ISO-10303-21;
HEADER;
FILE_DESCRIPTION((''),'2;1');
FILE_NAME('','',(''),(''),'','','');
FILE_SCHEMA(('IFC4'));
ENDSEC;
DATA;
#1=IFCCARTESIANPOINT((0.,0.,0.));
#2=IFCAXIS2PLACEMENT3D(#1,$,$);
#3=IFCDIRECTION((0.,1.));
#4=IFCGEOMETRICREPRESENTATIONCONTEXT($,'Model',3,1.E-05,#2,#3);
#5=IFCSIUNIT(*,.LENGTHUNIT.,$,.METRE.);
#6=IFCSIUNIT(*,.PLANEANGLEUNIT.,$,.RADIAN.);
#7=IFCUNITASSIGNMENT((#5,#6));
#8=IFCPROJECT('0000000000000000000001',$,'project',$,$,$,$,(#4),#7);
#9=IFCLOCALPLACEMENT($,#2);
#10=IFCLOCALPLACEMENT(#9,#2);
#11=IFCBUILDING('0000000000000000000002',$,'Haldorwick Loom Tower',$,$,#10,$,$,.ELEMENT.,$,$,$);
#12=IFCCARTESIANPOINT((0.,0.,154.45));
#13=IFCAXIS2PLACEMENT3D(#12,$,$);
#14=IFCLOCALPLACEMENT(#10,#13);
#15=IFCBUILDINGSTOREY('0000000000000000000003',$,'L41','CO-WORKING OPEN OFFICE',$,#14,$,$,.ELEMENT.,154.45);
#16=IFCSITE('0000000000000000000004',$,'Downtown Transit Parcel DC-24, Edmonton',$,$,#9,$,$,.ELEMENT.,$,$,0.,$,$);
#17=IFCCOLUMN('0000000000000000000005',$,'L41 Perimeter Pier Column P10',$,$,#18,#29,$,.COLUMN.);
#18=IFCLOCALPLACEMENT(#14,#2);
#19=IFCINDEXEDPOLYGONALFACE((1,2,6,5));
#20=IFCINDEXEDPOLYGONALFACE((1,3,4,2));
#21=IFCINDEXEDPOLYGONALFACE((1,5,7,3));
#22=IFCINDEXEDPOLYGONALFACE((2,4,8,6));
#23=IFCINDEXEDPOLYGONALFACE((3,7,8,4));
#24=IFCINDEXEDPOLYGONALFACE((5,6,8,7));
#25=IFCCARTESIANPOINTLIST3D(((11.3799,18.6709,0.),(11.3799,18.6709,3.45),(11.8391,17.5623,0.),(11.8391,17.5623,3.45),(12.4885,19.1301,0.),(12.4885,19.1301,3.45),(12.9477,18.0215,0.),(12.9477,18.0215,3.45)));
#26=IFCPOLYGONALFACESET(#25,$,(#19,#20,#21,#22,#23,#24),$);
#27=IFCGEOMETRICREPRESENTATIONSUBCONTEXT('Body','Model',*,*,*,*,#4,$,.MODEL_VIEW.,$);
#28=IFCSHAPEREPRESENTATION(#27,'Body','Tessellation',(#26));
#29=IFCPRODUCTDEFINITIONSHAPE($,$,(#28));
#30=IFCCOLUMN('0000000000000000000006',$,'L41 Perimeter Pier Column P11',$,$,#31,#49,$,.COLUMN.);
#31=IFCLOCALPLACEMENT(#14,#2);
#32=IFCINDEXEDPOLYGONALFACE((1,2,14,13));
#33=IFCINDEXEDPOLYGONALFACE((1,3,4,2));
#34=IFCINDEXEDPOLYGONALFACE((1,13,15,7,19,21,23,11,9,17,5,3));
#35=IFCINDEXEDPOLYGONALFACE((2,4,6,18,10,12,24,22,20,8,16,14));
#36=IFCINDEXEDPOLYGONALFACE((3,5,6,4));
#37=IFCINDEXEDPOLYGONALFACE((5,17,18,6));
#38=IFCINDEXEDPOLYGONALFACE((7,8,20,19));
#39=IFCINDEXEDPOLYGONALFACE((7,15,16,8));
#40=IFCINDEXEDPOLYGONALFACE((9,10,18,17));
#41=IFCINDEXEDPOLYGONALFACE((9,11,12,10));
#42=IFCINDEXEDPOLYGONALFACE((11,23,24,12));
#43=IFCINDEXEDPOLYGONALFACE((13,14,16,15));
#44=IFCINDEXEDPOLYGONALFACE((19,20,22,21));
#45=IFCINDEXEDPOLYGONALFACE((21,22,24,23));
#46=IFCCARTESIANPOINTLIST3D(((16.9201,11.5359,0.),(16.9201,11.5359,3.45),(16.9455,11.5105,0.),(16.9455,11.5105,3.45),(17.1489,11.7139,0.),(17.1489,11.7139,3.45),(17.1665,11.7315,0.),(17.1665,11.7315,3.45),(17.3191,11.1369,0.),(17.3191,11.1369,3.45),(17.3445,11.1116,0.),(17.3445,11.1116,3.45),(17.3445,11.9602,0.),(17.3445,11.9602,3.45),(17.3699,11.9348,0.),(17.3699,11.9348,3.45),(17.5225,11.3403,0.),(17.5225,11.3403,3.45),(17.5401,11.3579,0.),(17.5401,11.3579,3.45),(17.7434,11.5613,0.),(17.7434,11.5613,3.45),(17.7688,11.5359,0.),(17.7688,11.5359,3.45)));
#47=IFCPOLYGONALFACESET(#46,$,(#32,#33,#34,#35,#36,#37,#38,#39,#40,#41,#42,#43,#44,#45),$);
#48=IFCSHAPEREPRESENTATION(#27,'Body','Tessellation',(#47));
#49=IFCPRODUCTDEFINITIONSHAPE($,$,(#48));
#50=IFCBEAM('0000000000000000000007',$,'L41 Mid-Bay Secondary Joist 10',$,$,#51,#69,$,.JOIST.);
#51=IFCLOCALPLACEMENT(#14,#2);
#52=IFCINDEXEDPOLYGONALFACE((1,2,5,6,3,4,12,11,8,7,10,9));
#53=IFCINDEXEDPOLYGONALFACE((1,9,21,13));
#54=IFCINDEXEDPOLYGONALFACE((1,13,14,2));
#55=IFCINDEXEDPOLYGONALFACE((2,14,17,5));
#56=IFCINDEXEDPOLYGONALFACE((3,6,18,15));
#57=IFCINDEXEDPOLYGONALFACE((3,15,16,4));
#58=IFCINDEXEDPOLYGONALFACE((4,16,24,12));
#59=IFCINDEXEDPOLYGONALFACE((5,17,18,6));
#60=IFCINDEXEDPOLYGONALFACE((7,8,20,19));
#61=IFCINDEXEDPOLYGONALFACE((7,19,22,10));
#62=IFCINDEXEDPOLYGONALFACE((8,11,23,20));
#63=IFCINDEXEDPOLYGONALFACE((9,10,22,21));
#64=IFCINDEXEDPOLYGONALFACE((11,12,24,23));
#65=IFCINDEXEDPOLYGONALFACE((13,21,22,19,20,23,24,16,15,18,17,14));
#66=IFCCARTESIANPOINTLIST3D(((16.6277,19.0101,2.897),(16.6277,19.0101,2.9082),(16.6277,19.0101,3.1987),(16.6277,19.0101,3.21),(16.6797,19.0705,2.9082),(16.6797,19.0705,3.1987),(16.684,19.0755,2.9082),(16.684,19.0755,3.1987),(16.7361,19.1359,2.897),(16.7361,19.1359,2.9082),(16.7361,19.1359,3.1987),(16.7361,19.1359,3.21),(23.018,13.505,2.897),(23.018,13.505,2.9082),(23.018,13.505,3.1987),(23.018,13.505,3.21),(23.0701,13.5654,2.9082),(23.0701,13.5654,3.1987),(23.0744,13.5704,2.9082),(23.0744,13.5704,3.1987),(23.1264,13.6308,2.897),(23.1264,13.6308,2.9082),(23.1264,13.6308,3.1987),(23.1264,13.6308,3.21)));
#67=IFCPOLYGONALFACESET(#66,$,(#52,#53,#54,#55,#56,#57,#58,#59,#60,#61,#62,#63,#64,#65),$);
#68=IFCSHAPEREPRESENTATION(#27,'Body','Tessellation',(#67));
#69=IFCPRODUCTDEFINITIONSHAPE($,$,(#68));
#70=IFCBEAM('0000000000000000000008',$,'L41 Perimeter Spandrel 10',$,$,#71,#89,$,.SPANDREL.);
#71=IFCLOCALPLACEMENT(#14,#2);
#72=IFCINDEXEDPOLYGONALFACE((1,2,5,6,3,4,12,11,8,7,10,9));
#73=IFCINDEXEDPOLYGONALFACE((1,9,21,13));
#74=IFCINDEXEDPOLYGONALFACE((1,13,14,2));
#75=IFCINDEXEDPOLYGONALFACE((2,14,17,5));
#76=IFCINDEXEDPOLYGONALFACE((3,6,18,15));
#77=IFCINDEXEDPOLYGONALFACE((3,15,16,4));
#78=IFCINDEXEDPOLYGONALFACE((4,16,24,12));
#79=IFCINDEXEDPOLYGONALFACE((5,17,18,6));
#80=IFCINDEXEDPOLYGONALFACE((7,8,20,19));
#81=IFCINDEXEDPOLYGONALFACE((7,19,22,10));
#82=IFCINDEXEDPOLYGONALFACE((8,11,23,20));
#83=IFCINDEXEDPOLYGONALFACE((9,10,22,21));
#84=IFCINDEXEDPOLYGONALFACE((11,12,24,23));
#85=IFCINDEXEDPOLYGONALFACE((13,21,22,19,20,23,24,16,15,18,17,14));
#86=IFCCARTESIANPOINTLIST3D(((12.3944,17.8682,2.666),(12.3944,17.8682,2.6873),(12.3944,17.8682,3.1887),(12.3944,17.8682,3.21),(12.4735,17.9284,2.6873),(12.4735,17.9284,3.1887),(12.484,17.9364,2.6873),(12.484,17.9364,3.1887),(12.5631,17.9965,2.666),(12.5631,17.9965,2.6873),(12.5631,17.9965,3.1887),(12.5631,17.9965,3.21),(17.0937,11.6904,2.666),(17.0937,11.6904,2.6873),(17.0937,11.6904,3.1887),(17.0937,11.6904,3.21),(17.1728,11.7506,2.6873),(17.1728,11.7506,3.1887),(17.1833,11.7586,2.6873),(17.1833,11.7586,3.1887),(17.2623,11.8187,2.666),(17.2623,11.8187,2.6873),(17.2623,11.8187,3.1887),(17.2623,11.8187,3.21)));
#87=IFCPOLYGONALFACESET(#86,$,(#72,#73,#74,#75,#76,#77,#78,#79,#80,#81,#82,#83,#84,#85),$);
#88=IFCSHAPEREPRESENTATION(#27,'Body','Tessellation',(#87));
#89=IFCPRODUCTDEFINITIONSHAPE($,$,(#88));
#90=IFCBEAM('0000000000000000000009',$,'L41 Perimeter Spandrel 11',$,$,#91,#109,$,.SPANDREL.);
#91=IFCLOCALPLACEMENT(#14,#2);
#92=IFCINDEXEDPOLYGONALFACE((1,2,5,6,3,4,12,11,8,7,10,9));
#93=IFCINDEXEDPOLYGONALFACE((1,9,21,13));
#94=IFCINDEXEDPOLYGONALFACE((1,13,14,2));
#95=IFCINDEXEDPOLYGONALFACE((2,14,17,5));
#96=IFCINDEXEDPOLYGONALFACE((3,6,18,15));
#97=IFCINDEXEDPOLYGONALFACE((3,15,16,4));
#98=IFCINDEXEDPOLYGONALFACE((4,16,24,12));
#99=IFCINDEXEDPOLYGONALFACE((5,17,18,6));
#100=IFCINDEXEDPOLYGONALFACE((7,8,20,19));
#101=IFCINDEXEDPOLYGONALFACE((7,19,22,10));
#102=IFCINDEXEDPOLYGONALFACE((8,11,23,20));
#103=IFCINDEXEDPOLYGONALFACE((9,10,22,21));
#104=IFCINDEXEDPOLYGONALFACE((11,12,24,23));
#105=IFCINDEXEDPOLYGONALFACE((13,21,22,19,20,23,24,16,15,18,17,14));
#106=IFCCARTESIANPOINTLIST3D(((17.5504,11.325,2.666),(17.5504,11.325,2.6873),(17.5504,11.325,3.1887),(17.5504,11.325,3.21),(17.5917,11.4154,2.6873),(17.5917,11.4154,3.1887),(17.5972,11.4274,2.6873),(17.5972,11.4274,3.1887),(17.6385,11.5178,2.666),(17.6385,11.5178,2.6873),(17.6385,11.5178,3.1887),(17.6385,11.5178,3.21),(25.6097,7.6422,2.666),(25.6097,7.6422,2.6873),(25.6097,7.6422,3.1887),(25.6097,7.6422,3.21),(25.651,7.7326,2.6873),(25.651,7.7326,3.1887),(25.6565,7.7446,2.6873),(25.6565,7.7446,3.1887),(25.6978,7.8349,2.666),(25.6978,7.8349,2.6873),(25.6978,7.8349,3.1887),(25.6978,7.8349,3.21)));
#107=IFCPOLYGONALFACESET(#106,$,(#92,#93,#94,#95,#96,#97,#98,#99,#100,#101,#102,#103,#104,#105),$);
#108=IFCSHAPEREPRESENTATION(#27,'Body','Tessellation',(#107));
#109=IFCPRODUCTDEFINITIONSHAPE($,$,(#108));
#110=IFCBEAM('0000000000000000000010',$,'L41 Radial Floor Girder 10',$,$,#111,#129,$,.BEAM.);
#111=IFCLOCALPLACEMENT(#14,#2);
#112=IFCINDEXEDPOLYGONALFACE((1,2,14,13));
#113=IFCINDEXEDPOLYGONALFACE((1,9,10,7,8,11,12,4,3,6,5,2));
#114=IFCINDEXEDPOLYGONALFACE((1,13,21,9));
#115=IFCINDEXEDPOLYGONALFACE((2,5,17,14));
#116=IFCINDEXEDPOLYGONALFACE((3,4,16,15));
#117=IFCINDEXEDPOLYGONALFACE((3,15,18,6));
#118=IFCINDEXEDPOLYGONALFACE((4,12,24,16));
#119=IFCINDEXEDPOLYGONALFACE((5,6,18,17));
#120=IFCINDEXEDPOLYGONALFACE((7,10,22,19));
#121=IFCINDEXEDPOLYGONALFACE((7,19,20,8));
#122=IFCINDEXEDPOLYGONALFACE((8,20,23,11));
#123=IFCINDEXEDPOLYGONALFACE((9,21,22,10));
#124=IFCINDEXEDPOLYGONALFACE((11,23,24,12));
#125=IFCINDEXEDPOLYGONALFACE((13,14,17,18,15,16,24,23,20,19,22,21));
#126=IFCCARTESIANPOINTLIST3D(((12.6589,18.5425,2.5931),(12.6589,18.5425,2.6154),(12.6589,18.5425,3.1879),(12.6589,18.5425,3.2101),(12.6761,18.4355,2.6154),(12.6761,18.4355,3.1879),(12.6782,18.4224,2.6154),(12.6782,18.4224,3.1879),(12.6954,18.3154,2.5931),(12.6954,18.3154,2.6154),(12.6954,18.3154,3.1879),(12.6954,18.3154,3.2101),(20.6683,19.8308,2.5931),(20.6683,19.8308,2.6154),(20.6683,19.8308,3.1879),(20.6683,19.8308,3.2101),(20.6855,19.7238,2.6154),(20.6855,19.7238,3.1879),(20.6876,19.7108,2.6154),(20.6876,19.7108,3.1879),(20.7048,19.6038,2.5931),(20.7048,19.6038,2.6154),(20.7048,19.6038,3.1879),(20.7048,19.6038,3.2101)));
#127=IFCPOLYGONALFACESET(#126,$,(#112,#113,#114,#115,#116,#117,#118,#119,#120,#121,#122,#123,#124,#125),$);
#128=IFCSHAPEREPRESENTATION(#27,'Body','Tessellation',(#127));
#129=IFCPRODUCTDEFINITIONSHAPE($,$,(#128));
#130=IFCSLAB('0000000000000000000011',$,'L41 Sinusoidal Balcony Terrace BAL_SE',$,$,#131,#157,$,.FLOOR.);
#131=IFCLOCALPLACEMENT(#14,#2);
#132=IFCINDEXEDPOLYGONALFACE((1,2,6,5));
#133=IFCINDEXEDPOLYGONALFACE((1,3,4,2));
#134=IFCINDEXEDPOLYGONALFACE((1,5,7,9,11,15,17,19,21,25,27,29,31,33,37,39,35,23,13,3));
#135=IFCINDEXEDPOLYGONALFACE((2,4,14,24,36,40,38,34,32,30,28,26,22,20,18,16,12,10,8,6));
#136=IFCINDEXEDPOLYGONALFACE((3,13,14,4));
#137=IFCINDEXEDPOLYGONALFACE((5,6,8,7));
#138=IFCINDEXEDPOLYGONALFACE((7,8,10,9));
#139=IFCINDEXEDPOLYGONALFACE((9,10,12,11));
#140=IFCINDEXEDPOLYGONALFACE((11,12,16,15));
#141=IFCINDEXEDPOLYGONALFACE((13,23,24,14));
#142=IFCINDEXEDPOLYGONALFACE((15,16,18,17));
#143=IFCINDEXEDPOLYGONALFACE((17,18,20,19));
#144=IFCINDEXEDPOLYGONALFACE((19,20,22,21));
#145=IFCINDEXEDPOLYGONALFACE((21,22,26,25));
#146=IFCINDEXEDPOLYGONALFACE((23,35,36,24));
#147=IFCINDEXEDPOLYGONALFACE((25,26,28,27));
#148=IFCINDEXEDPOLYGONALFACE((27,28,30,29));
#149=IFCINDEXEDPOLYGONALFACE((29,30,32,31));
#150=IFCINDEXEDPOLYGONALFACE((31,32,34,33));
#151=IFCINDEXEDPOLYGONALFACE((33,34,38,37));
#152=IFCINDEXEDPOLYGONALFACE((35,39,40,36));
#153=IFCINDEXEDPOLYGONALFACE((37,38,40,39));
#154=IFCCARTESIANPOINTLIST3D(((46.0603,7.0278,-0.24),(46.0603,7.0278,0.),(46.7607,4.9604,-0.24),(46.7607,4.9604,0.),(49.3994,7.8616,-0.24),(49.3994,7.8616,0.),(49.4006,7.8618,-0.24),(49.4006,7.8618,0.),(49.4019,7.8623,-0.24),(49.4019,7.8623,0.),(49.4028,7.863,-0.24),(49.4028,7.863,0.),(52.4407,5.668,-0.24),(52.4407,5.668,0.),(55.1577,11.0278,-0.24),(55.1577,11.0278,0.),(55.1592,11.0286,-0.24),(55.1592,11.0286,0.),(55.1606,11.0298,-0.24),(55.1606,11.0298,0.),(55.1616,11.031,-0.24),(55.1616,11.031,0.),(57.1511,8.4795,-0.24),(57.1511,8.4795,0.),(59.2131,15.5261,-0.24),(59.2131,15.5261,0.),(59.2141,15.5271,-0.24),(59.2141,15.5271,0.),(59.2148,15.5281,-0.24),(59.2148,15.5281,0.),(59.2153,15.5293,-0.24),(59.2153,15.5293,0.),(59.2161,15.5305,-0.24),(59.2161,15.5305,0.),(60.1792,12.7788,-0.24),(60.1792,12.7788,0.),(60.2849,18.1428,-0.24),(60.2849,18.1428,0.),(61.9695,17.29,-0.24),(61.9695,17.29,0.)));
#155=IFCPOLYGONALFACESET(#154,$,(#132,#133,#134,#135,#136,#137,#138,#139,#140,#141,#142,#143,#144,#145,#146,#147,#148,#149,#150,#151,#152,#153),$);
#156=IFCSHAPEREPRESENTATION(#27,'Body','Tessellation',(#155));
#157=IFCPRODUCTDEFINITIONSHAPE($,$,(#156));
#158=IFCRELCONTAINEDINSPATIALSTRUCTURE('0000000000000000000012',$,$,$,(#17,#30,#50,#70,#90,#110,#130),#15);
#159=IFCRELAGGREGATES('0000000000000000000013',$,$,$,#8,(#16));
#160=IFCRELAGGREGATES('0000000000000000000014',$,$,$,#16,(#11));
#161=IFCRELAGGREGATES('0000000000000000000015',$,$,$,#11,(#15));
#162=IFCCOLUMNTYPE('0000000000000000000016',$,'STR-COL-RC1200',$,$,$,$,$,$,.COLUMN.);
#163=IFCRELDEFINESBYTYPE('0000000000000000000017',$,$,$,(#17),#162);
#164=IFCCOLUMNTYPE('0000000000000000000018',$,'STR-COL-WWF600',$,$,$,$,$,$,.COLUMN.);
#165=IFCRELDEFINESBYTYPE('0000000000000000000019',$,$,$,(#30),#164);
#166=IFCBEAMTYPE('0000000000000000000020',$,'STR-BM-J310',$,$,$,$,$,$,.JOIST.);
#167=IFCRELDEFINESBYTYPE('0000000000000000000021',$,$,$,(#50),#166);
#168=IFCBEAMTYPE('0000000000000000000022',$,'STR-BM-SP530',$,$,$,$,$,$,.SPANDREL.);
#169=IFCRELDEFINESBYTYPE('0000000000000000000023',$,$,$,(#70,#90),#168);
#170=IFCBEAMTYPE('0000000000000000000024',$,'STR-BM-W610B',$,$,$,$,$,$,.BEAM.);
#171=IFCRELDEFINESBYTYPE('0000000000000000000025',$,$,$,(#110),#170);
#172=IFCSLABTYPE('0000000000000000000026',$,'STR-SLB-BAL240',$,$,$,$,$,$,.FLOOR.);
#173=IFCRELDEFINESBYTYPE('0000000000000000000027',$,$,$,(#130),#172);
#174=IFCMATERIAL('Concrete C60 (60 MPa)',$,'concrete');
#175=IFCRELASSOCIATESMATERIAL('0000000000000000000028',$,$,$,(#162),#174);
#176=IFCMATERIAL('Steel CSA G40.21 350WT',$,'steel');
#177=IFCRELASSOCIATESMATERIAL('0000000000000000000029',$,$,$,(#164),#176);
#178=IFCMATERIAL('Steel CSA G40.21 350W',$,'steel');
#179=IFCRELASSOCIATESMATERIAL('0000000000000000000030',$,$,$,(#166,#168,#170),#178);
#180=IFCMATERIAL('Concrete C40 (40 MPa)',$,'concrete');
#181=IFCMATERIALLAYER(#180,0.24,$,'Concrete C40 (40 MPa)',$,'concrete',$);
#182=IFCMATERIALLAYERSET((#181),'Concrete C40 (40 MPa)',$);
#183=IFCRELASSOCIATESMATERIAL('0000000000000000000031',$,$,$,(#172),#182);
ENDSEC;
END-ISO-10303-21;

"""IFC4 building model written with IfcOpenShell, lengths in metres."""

from ifc_helpers import new_model, si_unit, direction, frame, origin, origin_2d, place, context, subcontext, project, spatial, polyline, rectangle, i_section, outline, extrude, material, layer, layer_set, material_profile, profile_set, type_object, element, save


model = new_model("IFC4")

# Units and contexts
model_context = context("Model", 3, precision=1e-05, world=origin(), true_north=direction((0.0, 1.0)))
body_context = subcontext(model_context, "Body", "Model", "MODEL_VIEW")
ifc_project = project(units=[si_unit("LENGTHUNIT", "METRE"), si_unit("PLANEANGLEUNIT", "RADIAN")], contexts=[model_context])

# Site, building, storey
site_placement = place(None, origin())
site = spatial("IfcSite", under=ifc_project, at=site_placement, Name="Downtown Transit Parcel DC-24, Edmonton", CompositionType="ELEMENT", RefElevation=0.0)
building_placement = place(site_placement, origin())
building = spatial("IfcBuilding", under=site, at=building_placement, Name="Haldorwick Loom Tower", CompositionType="ELEMENT")
storey_placement = place(building_placement, frame((0.0, 0.0, 154.45)))
storey = spatial("IfcBuildingStorey", under=building, at=storey_placement, Name="L41", Description="CO-WORKING OPEN OFFICE", CompositionType="ELEMENT", Elevation=154.45)

# Columns
ifc_material_1 = material(Name="Concrete C60 (60 MPa)", Category="concrete")
ifc_material_profile_1 = material_profile(ifc_material_1, rectangle(XDim=1.2, YDim=1.2, at=origin_2d()), Name="RC1200X1200", Category="concrete")
ifc_profile_set_1 = profile_set([ifc_material_profile_1], Name="Concrete C60 (60 MPa)")
column_type_1 = type_object("IfcColumnType", Name="STR-COL-RC1200", PredefinedType="COLUMN", material=ifc_profile_set_1)
column_1_placement = place(storey_placement, frame((12.1638, 18.3462, 0.0), z_axis=(0.0, 0.0, 1.0), x_axis=(-0.92388, -0.382683, 0.0)))
element("IfcColumn", 1, at=column_1_placement, inside=storey, type_object=column_type_1, Name="L41 Perimeter Pier Column P10", PredefinedType="COLUMN", context=body_context, shape_type="SweptSolid", body=[
    extrude(rectangle(XDim=1.2, YDim=1.2, at=origin_2d()), origin(), (0.0, 0.0, 1.0), 3.45),
])
ifc_material_2 = material(Name="Steel CSA G40.21 350WT", Category="steel")
ifc_material_profile_2 = material_profile(ifc_material_2, i_section(OverallWidth=0.6001, OverallDepth=0.6001, WebThickness=0.0249, FlangeThickness=0.0359, at=origin_2d()), Name="WWF600X600", Category="steel")
ifc_profile_set_2 = profile_set([ifc_material_profile_2], Name="Steel CSA G40.21 350WT")
column_type_2 = type_object("IfcColumnType", Name="STR-COL-WWF600", PredefinedType="COLUMN", material=ifc_profile_set_2)
column_2_placement = place(storey_placement, frame((17.3445, 11.5359, 0.0), z_axis=(0.0, 0.0, 1.0), x_axis=(-0.707107, -0.707107, 0.0)))
element("IfcColumn", 2, at=column_2_placement, inside=storey, type_object=column_type_2, Name="L41 Perimeter Pier Column P11", PredefinedType="COLUMN", context=body_context, shape_type="SweptSolid", body=[
    extrude(i_section(OverallWidth=0.6001, OverallDepth=0.6001, WebThickness=0.0249, FlangeThickness=0.0359, at=origin_2d()), origin(), (0.0, 0.0, 1.0), 3.45),
])

# Beams
ifc_material_3 = material(Name="Steel CSA G40.21 350W", Category="steel")
ifc_material_profile_3 = material_profile(ifc_material_3, i_section(OverallWidth=0.166, OverallDepth=0.313, WebThickness=0.0066, FlangeThickness=0.0112, at=origin_2d()), Name="W310X45", Category="steel")
ifc_profile_set_3 = profile_set([ifc_material_profile_3], Name="Steel CSA G40.21 350W")
beam_type_1 = type_object("IfcBeamType", Name="STR-BM-J310", PredefinedType="JOIST", material=ifc_profile_set_3)
beam_1_placement = place(storey_placement, frame((16.6819, 19.073, 3.0535), z_axis=(0.757634, -0.65268, 0.0), x_axis=(0.65268, 0.757634, 0.0)))
element("IfcBeam", 3, at=beam_1_placement, inside=storey, type_object=beam_type_1, Name="L41 Mid-Bay Secondary Joist 10", PredefinedType="JOIST", context=body_context, shape_type="SweptSolid", body=[
    extrude(i_section(OverallWidth=0.166, OverallDepth=0.313, WebThickness=0.0066, FlangeThickness=0.0112, at=origin_2d()), origin(), (0.0, 0.0, 1.0), 8.4346),
])
ifc_material_profile_4 = material_profile(ifc_material_3, i_section(OverallWidth=0.2119, OverallDepth=0.5439, WebThickness=0.0132, FlangeThickness=0.0212, at=origin_2d()), Name="W530X123", Category="steel")
ifc_profile_set_4 = profile_set([ifc_material_profile_4], Name="Steel CSA G40.21 350W")
beam_type_2 = type_object("IfcBeamType", Name="STR-BM-SP530", PredefinedType="SPANDREL", material=ifc_profile_set_4)
beam_2_placement = place(storey_placement, frame((12.4788, 17.9324, 2.938), z_axis=(0.605421, -0.795905, 0.0), x_axis=(0.795905, 0.605421, 0.0)))
element("IfcBeam", 4, at=beam_2_placement, inside=storey, type_object=beam_type_2, Name="L41 Perimeter Spandrel 10", PredefinedType="SPANDREL", context=body_context, shape_type="SweptSolid", body=[
    extrude(i_section(OverallWidth=0.2119, OverallDepth=0.5439, WebThickness=0.0132, FlangeThickness=0.0212, at=origin_2d()), origin(), (0.0, 0.0, 1.0), 7.762),
])
beam_3_placement = place(storey_placement, frame((17.5945, 11.4214, 2.938), z_axis=(0.909534, -0.415629, 0.0), x_axis=(0.415629, 0.909534, 0.0)))
element("IfcBeam", 5, at=beam_3_placement, inside=storey, type_object=beam_type_2, Name="L41 Perimeter Spandrel 11", PredefinedType="SPANDREL", context=body_context, shape_type="SweptSolid", body=[
    extrude(i_section(OverallWidth=0.2119, OverallDepth=0.5439, WebThickness=0.0132, FlangeThickness=0.0212, at=origin_2d()), origin(), (0.0, 0.0, 1.0), 8.8608),
])
ifc_material_profile_5 = material_profile(ifc_material_3, i_section(OverallWidth=0.23, OverallDepth=0.6169, WebThickness=0.0132, FlangeThickness=0.0222, at=origin_2d()), Name="W610X140", Category="steel")
ifc_profile_set_5 = profile_set([ifc_material_profile_5], Name="Steel CSA G40.21 350W")
beam_type_3 = type_object("IfcBeamType", Name="STR-BM-W610B", PredefinedType="BEAM", material=ifc_profile_set_5)
beam_4_placement = place(storey_placement, frame((20.6865, 19.7173, 2.9016), z_axis=(-0.987309, -0.158813, 0.0), x_axis=(0.158813, -0.987309, 0.0)))
element("IfcBeam", 6, at=beam_4_placement, inside=storey, type_object=beam_type_3, Name="L41 Radial Floor Girder 10", PredefinedType="BEAM", context=body_context, shape_type="SweptSolid", body=[
    extrude(i_section(OverallWidth=0.23, OverallDepth=0.6169, WebThickness=0.0132, FlangeThickness=0.0222, at=origin_2d()), origin(), (0.0, 0.0, 1.0), 8.1123),
])

# Slab
ifc_material_4 = material(Name="Concrete C40 (40 MPa)", Category="concrete")
ifc_layer_1 = layer(ifc_material_4, 0.24, Name="Concrete C40 (40 MPa)", Category="concrete")
ifc_layer_set_1 = layer_set([ifc_layer_1], Name="Concrete C40 (40 MPa)")
slab_type_1 = type_object("IfcSlabType", Name="STR-SLB-BAL240", PredefinedType="FLOOR", material=ifc_layer_set_1)
slab_1_placement = place(storey_placement, frame((0.0, 0.0, -0.24)))
element("IfcSlab", 7, at=slab_1_placement, inside=storey, type_object=slab_type_1, Name="L41 Sinusoidal Balcony Terrace BAL_SE", PredefinedType="FLOOR", context=body_context, shape_type="SweptSolid", body=[
    extrude(outline(polyline([(60.2849, 18.1428), (59.2161, 15.5305), (59.2153, 15.5293), (59.2148, 15.5281), (59.2141, 15.5271), (59.2131, 15.5261), (55.1616, 11.031), (55.1606, 11.0298), (55.1592, 11.0286), (55.1577, 11.0278), (49.4028, 7.863), (49.4019, 7.8623), (49.4006, 7.8618), (49.3994, 7.8616), (46.0603, 7.0278), (46.7607, 4.9604), (52.4407, 5.668), (57.1511, 8.4795), (60.1792, 12.7788), (61.9695, 17.29), (60.2849, 18.1428)])), origin(), (0.0, 0.0, 1.0), 0.24),
])

save(model, "model.ifc")
